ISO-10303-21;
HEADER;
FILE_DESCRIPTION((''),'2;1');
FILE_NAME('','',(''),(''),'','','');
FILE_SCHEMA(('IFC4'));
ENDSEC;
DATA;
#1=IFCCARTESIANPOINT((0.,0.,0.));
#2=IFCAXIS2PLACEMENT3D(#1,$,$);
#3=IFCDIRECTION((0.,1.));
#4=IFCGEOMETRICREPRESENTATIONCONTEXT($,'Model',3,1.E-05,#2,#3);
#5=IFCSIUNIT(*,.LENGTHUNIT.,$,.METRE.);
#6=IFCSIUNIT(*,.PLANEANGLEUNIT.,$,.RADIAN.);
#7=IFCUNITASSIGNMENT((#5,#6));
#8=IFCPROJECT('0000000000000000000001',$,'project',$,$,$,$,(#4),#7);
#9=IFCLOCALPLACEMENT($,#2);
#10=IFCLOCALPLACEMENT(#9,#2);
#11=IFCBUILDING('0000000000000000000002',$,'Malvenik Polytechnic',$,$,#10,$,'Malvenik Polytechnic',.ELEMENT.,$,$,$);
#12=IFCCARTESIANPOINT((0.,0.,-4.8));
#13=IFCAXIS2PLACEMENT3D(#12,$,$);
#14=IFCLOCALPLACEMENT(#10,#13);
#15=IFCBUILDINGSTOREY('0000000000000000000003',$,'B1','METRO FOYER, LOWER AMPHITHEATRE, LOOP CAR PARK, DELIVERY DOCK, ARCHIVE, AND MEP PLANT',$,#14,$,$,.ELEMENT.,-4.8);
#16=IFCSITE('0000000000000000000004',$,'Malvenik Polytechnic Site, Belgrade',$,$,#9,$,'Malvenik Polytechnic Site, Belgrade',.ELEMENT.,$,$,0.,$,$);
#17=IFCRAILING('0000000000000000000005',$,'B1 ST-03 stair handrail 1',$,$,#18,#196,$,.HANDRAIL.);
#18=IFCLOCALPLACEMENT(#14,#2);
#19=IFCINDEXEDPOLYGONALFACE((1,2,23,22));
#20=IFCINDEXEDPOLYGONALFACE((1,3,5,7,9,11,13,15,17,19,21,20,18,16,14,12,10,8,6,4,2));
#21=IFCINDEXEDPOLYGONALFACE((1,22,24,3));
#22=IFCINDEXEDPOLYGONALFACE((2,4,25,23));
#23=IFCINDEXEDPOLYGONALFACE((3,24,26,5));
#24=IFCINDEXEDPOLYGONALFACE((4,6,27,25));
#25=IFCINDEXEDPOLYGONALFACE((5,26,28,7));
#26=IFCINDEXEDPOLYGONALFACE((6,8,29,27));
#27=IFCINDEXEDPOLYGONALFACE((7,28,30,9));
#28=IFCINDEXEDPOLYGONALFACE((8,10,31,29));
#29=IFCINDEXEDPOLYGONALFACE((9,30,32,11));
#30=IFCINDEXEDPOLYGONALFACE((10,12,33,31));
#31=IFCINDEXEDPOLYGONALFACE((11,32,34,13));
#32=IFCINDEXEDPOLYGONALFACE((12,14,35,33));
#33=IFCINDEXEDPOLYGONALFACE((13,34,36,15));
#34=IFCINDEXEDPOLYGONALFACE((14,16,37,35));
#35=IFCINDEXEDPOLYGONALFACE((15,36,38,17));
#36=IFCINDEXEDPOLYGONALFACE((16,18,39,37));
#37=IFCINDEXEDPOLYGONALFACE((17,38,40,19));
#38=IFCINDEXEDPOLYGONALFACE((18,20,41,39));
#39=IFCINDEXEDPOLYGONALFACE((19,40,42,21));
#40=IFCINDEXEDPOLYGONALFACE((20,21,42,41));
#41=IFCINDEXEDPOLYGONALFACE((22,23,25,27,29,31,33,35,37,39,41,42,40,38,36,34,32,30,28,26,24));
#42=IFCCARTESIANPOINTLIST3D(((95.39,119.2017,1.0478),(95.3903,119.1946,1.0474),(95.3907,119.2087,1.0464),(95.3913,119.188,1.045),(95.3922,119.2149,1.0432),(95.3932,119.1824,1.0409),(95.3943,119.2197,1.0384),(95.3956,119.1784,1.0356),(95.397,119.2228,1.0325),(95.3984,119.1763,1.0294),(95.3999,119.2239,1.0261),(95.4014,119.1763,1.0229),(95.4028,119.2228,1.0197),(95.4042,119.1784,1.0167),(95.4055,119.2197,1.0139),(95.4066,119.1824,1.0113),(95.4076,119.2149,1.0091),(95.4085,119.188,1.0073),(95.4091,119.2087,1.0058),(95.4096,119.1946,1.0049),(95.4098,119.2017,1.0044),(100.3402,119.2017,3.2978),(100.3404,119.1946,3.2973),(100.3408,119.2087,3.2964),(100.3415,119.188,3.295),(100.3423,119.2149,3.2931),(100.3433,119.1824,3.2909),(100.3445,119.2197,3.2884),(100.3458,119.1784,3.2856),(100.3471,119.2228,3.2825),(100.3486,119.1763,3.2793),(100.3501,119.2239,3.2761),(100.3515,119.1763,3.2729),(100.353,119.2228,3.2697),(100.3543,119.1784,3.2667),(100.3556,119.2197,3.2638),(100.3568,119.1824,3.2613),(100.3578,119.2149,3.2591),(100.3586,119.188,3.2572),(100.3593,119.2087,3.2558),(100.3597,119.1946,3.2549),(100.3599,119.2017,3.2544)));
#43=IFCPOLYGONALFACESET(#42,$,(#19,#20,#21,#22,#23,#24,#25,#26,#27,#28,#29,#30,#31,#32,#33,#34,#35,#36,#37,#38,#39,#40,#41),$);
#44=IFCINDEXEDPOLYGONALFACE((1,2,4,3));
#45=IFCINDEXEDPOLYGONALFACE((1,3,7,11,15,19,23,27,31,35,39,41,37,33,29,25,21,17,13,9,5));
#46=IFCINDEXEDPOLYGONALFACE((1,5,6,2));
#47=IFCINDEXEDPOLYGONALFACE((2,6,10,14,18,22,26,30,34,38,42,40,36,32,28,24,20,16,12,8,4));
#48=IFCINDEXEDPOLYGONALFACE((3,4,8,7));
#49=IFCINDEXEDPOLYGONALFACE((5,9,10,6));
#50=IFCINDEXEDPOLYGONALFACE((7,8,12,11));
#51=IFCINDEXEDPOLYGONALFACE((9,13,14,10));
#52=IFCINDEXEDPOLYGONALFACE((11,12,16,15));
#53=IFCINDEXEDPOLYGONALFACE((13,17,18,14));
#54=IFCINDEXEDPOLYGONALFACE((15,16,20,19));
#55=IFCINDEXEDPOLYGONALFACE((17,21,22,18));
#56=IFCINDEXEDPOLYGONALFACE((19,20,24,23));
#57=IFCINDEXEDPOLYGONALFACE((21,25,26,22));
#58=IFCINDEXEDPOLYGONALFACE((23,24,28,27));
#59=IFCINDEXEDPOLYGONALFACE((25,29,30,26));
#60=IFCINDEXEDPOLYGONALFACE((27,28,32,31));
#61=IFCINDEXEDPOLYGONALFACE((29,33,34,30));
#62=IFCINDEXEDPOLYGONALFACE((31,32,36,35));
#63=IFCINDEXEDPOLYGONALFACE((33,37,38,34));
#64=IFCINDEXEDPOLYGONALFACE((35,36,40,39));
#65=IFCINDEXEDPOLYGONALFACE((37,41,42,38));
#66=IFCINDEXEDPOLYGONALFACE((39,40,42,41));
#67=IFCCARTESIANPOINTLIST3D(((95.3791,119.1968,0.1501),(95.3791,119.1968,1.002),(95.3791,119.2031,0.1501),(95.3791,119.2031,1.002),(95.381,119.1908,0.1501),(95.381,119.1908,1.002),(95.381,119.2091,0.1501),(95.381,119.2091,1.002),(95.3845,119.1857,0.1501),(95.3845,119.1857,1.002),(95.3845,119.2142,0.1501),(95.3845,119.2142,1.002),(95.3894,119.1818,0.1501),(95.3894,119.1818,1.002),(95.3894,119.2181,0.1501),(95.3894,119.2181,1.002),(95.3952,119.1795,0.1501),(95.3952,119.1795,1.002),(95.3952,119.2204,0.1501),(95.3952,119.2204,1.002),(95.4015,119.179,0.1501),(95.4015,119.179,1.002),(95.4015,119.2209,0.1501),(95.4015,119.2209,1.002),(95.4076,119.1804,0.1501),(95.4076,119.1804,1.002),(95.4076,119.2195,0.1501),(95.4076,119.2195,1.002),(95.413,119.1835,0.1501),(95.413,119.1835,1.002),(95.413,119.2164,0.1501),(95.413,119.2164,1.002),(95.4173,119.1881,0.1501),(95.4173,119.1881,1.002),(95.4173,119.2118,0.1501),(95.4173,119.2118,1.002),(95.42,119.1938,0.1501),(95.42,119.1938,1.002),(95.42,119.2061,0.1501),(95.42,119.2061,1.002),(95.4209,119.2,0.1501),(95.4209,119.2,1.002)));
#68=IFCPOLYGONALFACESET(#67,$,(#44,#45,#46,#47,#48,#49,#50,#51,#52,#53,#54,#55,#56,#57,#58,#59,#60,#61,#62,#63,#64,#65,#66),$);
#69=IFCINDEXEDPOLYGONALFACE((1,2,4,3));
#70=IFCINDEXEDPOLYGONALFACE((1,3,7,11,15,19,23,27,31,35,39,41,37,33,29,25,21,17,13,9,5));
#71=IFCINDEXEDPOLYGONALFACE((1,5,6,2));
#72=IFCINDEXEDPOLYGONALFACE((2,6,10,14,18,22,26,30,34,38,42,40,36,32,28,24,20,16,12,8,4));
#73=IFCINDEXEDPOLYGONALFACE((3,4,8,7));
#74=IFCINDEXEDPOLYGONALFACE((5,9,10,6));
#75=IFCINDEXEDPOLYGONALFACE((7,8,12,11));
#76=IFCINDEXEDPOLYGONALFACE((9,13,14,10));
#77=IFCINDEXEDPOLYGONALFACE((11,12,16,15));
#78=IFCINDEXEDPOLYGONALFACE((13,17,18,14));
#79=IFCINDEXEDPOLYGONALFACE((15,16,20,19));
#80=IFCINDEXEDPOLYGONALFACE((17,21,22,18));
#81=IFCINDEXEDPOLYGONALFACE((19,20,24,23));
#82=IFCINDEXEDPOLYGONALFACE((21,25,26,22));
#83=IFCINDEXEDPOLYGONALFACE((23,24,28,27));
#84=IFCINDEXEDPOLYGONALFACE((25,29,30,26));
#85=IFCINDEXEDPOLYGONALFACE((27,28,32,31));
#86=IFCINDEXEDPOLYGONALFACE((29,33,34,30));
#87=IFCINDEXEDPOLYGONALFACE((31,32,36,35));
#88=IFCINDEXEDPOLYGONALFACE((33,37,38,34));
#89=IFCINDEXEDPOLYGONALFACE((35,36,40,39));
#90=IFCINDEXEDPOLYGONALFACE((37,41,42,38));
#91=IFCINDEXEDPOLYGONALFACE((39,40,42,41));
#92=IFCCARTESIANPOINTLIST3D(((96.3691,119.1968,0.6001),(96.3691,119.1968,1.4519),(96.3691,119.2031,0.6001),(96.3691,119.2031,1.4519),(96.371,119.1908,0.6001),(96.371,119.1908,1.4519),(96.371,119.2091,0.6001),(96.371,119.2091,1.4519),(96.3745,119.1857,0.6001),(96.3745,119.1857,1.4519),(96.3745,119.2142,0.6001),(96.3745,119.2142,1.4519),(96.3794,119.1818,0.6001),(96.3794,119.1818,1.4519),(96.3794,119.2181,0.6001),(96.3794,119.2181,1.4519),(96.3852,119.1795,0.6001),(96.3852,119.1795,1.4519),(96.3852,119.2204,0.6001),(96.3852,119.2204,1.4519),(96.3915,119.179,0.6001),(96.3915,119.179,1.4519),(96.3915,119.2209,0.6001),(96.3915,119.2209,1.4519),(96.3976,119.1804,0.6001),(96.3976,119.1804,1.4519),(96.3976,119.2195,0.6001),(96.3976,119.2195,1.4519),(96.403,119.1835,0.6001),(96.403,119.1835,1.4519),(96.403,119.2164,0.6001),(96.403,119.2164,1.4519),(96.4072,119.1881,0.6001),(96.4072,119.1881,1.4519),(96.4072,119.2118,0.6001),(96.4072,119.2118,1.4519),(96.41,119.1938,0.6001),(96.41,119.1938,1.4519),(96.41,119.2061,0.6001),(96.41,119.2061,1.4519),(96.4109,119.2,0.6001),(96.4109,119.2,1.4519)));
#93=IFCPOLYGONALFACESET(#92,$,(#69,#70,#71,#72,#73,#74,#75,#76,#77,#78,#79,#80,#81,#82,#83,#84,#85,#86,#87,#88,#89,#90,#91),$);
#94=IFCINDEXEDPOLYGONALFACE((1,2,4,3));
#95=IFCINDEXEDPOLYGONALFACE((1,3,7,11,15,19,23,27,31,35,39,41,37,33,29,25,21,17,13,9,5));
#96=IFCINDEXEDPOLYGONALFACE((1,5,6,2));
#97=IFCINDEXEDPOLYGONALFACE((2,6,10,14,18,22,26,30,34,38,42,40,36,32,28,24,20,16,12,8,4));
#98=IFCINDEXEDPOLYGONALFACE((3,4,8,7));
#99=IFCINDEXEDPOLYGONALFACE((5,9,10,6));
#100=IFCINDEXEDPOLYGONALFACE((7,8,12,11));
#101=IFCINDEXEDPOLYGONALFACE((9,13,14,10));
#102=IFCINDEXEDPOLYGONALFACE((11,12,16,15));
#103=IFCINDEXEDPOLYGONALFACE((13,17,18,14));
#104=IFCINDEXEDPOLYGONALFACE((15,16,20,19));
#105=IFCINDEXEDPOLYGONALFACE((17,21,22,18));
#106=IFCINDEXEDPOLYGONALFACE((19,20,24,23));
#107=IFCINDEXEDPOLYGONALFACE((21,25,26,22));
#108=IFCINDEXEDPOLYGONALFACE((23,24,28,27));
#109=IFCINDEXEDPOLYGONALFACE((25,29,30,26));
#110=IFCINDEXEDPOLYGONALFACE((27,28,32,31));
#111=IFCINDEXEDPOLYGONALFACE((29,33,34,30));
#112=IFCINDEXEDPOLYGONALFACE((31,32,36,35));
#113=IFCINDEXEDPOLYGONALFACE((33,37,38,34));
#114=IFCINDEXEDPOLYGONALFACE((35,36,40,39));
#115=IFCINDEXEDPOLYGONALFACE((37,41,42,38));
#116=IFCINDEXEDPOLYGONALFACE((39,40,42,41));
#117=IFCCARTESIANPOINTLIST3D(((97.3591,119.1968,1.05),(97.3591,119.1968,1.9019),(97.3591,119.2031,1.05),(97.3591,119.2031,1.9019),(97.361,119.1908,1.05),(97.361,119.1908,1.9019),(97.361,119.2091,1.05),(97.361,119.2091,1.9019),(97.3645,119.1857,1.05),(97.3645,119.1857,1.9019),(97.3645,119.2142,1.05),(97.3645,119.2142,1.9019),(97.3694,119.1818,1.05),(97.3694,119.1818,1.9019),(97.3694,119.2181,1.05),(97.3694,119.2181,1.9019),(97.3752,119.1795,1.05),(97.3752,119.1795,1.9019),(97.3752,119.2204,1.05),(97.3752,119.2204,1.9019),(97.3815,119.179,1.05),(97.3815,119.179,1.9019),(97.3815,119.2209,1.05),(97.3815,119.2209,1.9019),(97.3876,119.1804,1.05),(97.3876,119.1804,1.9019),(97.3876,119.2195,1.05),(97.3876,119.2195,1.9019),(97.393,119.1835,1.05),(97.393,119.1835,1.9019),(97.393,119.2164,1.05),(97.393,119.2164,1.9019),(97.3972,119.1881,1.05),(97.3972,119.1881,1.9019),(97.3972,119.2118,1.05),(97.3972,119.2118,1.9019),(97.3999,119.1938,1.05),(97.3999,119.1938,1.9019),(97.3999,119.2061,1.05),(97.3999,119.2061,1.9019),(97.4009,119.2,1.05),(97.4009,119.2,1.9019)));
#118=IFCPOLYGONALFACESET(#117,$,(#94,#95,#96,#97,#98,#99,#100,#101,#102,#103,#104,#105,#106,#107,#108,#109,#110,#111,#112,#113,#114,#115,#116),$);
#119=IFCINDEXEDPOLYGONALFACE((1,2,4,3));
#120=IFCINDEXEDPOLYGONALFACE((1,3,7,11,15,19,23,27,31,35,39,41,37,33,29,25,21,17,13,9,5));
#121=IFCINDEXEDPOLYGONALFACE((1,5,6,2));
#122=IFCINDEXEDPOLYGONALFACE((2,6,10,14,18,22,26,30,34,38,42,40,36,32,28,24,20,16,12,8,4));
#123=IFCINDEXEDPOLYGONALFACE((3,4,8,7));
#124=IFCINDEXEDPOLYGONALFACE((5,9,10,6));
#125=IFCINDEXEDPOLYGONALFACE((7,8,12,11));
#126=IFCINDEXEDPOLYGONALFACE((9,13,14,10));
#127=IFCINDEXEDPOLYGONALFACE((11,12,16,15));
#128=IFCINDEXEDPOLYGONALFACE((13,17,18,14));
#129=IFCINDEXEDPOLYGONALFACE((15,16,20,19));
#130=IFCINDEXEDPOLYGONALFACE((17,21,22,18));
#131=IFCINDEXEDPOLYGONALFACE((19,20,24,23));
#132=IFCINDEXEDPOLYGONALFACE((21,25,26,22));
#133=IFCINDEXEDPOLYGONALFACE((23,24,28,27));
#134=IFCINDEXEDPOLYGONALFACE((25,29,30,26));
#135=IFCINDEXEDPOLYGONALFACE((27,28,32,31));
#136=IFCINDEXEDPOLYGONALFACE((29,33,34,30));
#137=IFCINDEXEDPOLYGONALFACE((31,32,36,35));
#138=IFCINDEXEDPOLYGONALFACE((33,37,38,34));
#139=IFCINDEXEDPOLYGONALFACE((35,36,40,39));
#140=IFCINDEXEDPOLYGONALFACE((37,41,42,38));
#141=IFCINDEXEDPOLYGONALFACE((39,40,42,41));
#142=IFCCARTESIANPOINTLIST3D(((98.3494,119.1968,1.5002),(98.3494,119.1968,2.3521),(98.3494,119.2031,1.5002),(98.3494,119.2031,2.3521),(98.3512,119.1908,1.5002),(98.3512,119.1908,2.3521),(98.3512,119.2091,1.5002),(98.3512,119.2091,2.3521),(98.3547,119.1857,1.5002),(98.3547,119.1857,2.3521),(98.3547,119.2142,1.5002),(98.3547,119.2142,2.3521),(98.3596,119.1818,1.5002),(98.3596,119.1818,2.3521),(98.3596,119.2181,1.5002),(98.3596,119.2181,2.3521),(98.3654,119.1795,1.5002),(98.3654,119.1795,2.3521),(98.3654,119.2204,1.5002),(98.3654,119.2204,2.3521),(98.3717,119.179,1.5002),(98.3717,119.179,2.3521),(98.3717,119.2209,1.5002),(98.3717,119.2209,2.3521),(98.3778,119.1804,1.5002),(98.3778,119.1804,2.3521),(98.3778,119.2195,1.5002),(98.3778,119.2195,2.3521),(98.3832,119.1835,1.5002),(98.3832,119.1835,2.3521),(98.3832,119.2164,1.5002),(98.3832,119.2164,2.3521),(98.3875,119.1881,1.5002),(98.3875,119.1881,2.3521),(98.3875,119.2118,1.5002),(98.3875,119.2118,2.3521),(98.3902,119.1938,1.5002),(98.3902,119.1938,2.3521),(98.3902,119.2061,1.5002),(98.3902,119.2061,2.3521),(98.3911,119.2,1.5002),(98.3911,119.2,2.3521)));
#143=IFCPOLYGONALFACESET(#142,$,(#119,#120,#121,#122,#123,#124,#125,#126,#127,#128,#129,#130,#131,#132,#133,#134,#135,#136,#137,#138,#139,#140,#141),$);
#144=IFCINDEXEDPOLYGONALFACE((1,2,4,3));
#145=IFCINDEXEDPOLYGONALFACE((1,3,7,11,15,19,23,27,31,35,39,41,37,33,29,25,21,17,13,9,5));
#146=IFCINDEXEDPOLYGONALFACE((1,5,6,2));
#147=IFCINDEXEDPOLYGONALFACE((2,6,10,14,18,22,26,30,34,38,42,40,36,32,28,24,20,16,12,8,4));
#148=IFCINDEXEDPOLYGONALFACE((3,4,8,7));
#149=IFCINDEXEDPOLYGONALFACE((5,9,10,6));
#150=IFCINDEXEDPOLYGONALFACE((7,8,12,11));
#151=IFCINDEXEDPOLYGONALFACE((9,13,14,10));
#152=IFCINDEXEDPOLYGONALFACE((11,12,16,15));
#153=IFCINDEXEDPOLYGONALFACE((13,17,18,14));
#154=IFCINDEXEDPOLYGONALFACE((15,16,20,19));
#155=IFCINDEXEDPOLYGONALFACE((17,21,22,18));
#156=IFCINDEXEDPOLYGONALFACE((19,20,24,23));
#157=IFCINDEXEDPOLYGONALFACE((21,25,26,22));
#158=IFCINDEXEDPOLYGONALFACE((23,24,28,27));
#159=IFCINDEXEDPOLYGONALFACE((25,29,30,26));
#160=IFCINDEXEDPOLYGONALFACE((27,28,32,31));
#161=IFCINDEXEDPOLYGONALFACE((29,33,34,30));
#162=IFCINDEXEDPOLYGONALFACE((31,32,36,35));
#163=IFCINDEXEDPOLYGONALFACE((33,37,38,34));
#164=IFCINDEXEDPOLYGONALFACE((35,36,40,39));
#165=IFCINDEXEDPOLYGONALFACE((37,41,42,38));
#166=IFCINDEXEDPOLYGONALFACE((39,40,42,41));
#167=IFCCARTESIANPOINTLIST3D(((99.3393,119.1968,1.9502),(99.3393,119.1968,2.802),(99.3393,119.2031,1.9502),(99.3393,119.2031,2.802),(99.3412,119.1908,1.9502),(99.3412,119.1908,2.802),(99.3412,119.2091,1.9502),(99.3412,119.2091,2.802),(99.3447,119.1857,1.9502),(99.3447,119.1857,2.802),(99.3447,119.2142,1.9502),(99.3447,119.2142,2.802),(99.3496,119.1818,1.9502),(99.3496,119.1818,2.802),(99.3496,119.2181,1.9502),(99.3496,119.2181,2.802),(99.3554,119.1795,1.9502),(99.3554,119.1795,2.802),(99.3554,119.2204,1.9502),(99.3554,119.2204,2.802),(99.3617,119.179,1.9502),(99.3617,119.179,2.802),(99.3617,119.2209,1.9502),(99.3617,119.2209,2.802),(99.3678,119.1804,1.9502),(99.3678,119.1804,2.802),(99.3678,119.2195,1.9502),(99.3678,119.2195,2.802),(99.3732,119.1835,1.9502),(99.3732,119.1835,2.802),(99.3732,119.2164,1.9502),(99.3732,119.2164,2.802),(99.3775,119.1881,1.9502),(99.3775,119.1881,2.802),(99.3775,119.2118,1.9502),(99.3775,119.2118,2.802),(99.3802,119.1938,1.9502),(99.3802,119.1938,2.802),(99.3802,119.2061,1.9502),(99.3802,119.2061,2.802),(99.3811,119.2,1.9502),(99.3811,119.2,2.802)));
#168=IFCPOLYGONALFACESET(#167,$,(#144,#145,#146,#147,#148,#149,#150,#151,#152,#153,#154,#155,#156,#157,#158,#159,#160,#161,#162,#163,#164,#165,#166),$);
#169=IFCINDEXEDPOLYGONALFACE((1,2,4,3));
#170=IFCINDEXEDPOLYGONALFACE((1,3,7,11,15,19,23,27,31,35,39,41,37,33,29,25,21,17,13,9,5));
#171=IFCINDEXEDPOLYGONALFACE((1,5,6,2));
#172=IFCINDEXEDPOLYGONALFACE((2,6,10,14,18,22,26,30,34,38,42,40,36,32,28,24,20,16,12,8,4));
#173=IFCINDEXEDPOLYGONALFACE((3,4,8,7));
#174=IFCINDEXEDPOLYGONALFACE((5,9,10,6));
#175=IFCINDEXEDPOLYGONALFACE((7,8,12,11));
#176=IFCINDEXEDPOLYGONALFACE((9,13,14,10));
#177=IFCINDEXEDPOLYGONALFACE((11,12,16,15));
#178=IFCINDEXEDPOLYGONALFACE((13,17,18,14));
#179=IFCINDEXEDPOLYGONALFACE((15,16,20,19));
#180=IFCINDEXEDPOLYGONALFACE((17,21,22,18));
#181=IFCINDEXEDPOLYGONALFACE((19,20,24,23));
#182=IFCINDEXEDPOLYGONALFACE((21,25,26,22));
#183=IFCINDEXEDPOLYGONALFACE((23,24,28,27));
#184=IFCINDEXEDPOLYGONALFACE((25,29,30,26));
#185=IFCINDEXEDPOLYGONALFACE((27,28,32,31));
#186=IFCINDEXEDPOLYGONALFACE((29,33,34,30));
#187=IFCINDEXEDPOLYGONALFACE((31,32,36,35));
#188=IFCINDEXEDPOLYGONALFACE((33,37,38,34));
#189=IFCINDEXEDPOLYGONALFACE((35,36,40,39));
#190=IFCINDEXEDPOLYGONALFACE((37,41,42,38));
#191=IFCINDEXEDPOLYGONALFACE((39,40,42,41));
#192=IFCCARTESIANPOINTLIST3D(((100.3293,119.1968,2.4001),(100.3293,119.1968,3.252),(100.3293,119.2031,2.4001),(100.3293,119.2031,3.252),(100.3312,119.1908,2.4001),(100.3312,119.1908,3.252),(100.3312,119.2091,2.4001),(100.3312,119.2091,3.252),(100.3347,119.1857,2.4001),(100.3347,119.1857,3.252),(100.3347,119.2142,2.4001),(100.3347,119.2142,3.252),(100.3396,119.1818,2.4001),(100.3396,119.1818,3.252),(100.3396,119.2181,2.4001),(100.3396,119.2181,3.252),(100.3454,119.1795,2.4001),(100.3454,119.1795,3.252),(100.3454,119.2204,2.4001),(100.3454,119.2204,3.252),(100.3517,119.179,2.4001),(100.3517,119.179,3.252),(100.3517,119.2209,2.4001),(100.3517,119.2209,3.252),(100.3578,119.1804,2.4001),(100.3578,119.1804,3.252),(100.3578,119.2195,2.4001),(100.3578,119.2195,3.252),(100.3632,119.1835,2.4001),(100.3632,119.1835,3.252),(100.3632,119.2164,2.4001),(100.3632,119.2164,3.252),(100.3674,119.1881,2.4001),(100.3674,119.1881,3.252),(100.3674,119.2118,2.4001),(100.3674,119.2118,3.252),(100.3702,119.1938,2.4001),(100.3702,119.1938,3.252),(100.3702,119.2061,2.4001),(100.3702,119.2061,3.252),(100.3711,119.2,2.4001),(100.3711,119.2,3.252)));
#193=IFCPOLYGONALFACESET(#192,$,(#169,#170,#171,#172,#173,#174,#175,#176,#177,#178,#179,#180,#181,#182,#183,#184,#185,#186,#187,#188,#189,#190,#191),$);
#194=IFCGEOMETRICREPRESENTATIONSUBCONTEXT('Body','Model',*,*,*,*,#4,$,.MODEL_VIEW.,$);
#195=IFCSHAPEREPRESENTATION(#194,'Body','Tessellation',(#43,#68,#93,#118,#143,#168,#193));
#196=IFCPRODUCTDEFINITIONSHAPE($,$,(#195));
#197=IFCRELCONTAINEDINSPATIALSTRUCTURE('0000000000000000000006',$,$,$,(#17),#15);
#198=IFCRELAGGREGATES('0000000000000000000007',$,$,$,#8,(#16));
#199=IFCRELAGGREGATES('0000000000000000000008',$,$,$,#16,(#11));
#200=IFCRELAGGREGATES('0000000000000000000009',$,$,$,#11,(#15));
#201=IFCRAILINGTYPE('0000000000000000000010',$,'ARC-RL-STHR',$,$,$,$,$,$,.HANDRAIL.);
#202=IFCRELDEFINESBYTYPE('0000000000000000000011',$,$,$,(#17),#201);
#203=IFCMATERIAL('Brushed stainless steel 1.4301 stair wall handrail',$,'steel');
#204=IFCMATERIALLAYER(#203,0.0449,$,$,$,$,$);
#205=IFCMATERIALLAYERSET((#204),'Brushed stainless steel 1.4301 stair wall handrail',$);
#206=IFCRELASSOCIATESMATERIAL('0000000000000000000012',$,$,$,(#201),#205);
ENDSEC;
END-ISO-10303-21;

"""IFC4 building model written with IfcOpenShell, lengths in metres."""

from ifc_helpers import new_model, si_unit, direction, frame, origin, origin_2d, place, context, subcontext, project, spatial, circle, extrude, material, layer, layer_set, type_object, element, save


model = new_model("IFC4")

# Units and contexts
model_context = context("Model", 3, precision=1e-05, world=origin(), true_north=direction((0.0, 1.0)))
body_context = subcontext(model_context, "Body", "Model", "MODEL_VIEW")
ifc_project = project(units=[si_unit("LENGTHUNIT", "METRE"), si_unit("PLANEANGLEUNIT", "RADIAN")], contexts=[model_context])

# Site, building, storey
site_placement = place(None, origin())
site = spatial("IfcSite", under=ifc_project, at=site_placement, Name="Malvenik Polytechnic Site, Belgrade", LongName="Malvenik Polytechnic Site, Belgrade", CompositionType="ELEMENT", RefElevation=0.0)
building_placement = place(site_placement, origin())
building = spatial("IfcBuilding", under=site, at=building_placement, Name="Malvenik Polytechnic", LongName="Malvenik Polytechnic", CompositionType="ELEMENT")
storey_placement = place(building_placement, frame((0.0, 0.0, -4.8)))
storey = spatial("IfcBuildingStorey", under=building, at=storey_placement, Name="B1", Description="METRO FOYER, LOWER AMPHITHEATRE, LOOP CAR PARK, DELIVERY DOCK, ARCHIVE, AND MEP PLANT", CompositionType="ELEMENT", Elevation=-4.8)

# Railing
ifc_material_1 = material(Name="Brushed stainless steel 1.4301 stair wall handrail", Category="steel")
ifc_layer_1 = layer(ifc_material_1, 0.0449)
ifc_layer_set_1 = layer_set([ifc_layer_1], Name="Brushed stainless steel 1.4301 stair wall handrail")
railing_type = type_object("IfcRailingType", Name="ARC-RL-STHR", PredefinedType="HANDRAIL", material=ifc_layer_set_1)
railing_placement = place(storey_placement, frame((95.3999, 119.2, 0.1501)))
element("IfcRailing", 1, at=railing_placement, inside=storey, type_object=railing_type, Name="B1 ST-03 stair handrail 1", PredefinedType="HANDRAIL", context=body_context, shape_type="SweptSolid", body=[
    extrude(circle(Radius=0.0239, at=origin_2d()), frame((0.0, 0.0, 0.876), z_axis=(0.910373, 0.0, 0.413789), x_axis=(0.0, 1.0, 0.0)), (0.0, 0.0, 1.0), 5.4375),
    extrude(circle(Radius=0.021, at=origin_2d()), origin(), (0.0, 0.0, 1.0), 0.8518),
    extrude(circle(Radius=0.021, at=origin_2d()), frame((0.99, 0.0, 0.45)), (0.0, 0.0, 1.0), 0.8518),
    extrude(circle(Radius=0.021, at=origin_2d()), frame((1.98, 0.0, 0.8999)), (0.0, 0.0, 1.0), 0.8518),
    extrude(circle(Radius=0.021, at=origin_2d()), frame((2.9702, 0.0, 1.3501)), (0.0, 0.0, 1.0), 0.8518),
    extrude(circle(Radius=0.021, at=origin_2d()), frame((3.9602, 0.0, 1.8)), (0.0, 0.0, 1.0), 0.8518),
    extrude(circle(Radius=0.021, at=origin_2d()), frame((4.9502, 0.0, 2.25)), (0.0, 0.0, 1.0), 0.8518),
])

save(model, "model.ifc")
